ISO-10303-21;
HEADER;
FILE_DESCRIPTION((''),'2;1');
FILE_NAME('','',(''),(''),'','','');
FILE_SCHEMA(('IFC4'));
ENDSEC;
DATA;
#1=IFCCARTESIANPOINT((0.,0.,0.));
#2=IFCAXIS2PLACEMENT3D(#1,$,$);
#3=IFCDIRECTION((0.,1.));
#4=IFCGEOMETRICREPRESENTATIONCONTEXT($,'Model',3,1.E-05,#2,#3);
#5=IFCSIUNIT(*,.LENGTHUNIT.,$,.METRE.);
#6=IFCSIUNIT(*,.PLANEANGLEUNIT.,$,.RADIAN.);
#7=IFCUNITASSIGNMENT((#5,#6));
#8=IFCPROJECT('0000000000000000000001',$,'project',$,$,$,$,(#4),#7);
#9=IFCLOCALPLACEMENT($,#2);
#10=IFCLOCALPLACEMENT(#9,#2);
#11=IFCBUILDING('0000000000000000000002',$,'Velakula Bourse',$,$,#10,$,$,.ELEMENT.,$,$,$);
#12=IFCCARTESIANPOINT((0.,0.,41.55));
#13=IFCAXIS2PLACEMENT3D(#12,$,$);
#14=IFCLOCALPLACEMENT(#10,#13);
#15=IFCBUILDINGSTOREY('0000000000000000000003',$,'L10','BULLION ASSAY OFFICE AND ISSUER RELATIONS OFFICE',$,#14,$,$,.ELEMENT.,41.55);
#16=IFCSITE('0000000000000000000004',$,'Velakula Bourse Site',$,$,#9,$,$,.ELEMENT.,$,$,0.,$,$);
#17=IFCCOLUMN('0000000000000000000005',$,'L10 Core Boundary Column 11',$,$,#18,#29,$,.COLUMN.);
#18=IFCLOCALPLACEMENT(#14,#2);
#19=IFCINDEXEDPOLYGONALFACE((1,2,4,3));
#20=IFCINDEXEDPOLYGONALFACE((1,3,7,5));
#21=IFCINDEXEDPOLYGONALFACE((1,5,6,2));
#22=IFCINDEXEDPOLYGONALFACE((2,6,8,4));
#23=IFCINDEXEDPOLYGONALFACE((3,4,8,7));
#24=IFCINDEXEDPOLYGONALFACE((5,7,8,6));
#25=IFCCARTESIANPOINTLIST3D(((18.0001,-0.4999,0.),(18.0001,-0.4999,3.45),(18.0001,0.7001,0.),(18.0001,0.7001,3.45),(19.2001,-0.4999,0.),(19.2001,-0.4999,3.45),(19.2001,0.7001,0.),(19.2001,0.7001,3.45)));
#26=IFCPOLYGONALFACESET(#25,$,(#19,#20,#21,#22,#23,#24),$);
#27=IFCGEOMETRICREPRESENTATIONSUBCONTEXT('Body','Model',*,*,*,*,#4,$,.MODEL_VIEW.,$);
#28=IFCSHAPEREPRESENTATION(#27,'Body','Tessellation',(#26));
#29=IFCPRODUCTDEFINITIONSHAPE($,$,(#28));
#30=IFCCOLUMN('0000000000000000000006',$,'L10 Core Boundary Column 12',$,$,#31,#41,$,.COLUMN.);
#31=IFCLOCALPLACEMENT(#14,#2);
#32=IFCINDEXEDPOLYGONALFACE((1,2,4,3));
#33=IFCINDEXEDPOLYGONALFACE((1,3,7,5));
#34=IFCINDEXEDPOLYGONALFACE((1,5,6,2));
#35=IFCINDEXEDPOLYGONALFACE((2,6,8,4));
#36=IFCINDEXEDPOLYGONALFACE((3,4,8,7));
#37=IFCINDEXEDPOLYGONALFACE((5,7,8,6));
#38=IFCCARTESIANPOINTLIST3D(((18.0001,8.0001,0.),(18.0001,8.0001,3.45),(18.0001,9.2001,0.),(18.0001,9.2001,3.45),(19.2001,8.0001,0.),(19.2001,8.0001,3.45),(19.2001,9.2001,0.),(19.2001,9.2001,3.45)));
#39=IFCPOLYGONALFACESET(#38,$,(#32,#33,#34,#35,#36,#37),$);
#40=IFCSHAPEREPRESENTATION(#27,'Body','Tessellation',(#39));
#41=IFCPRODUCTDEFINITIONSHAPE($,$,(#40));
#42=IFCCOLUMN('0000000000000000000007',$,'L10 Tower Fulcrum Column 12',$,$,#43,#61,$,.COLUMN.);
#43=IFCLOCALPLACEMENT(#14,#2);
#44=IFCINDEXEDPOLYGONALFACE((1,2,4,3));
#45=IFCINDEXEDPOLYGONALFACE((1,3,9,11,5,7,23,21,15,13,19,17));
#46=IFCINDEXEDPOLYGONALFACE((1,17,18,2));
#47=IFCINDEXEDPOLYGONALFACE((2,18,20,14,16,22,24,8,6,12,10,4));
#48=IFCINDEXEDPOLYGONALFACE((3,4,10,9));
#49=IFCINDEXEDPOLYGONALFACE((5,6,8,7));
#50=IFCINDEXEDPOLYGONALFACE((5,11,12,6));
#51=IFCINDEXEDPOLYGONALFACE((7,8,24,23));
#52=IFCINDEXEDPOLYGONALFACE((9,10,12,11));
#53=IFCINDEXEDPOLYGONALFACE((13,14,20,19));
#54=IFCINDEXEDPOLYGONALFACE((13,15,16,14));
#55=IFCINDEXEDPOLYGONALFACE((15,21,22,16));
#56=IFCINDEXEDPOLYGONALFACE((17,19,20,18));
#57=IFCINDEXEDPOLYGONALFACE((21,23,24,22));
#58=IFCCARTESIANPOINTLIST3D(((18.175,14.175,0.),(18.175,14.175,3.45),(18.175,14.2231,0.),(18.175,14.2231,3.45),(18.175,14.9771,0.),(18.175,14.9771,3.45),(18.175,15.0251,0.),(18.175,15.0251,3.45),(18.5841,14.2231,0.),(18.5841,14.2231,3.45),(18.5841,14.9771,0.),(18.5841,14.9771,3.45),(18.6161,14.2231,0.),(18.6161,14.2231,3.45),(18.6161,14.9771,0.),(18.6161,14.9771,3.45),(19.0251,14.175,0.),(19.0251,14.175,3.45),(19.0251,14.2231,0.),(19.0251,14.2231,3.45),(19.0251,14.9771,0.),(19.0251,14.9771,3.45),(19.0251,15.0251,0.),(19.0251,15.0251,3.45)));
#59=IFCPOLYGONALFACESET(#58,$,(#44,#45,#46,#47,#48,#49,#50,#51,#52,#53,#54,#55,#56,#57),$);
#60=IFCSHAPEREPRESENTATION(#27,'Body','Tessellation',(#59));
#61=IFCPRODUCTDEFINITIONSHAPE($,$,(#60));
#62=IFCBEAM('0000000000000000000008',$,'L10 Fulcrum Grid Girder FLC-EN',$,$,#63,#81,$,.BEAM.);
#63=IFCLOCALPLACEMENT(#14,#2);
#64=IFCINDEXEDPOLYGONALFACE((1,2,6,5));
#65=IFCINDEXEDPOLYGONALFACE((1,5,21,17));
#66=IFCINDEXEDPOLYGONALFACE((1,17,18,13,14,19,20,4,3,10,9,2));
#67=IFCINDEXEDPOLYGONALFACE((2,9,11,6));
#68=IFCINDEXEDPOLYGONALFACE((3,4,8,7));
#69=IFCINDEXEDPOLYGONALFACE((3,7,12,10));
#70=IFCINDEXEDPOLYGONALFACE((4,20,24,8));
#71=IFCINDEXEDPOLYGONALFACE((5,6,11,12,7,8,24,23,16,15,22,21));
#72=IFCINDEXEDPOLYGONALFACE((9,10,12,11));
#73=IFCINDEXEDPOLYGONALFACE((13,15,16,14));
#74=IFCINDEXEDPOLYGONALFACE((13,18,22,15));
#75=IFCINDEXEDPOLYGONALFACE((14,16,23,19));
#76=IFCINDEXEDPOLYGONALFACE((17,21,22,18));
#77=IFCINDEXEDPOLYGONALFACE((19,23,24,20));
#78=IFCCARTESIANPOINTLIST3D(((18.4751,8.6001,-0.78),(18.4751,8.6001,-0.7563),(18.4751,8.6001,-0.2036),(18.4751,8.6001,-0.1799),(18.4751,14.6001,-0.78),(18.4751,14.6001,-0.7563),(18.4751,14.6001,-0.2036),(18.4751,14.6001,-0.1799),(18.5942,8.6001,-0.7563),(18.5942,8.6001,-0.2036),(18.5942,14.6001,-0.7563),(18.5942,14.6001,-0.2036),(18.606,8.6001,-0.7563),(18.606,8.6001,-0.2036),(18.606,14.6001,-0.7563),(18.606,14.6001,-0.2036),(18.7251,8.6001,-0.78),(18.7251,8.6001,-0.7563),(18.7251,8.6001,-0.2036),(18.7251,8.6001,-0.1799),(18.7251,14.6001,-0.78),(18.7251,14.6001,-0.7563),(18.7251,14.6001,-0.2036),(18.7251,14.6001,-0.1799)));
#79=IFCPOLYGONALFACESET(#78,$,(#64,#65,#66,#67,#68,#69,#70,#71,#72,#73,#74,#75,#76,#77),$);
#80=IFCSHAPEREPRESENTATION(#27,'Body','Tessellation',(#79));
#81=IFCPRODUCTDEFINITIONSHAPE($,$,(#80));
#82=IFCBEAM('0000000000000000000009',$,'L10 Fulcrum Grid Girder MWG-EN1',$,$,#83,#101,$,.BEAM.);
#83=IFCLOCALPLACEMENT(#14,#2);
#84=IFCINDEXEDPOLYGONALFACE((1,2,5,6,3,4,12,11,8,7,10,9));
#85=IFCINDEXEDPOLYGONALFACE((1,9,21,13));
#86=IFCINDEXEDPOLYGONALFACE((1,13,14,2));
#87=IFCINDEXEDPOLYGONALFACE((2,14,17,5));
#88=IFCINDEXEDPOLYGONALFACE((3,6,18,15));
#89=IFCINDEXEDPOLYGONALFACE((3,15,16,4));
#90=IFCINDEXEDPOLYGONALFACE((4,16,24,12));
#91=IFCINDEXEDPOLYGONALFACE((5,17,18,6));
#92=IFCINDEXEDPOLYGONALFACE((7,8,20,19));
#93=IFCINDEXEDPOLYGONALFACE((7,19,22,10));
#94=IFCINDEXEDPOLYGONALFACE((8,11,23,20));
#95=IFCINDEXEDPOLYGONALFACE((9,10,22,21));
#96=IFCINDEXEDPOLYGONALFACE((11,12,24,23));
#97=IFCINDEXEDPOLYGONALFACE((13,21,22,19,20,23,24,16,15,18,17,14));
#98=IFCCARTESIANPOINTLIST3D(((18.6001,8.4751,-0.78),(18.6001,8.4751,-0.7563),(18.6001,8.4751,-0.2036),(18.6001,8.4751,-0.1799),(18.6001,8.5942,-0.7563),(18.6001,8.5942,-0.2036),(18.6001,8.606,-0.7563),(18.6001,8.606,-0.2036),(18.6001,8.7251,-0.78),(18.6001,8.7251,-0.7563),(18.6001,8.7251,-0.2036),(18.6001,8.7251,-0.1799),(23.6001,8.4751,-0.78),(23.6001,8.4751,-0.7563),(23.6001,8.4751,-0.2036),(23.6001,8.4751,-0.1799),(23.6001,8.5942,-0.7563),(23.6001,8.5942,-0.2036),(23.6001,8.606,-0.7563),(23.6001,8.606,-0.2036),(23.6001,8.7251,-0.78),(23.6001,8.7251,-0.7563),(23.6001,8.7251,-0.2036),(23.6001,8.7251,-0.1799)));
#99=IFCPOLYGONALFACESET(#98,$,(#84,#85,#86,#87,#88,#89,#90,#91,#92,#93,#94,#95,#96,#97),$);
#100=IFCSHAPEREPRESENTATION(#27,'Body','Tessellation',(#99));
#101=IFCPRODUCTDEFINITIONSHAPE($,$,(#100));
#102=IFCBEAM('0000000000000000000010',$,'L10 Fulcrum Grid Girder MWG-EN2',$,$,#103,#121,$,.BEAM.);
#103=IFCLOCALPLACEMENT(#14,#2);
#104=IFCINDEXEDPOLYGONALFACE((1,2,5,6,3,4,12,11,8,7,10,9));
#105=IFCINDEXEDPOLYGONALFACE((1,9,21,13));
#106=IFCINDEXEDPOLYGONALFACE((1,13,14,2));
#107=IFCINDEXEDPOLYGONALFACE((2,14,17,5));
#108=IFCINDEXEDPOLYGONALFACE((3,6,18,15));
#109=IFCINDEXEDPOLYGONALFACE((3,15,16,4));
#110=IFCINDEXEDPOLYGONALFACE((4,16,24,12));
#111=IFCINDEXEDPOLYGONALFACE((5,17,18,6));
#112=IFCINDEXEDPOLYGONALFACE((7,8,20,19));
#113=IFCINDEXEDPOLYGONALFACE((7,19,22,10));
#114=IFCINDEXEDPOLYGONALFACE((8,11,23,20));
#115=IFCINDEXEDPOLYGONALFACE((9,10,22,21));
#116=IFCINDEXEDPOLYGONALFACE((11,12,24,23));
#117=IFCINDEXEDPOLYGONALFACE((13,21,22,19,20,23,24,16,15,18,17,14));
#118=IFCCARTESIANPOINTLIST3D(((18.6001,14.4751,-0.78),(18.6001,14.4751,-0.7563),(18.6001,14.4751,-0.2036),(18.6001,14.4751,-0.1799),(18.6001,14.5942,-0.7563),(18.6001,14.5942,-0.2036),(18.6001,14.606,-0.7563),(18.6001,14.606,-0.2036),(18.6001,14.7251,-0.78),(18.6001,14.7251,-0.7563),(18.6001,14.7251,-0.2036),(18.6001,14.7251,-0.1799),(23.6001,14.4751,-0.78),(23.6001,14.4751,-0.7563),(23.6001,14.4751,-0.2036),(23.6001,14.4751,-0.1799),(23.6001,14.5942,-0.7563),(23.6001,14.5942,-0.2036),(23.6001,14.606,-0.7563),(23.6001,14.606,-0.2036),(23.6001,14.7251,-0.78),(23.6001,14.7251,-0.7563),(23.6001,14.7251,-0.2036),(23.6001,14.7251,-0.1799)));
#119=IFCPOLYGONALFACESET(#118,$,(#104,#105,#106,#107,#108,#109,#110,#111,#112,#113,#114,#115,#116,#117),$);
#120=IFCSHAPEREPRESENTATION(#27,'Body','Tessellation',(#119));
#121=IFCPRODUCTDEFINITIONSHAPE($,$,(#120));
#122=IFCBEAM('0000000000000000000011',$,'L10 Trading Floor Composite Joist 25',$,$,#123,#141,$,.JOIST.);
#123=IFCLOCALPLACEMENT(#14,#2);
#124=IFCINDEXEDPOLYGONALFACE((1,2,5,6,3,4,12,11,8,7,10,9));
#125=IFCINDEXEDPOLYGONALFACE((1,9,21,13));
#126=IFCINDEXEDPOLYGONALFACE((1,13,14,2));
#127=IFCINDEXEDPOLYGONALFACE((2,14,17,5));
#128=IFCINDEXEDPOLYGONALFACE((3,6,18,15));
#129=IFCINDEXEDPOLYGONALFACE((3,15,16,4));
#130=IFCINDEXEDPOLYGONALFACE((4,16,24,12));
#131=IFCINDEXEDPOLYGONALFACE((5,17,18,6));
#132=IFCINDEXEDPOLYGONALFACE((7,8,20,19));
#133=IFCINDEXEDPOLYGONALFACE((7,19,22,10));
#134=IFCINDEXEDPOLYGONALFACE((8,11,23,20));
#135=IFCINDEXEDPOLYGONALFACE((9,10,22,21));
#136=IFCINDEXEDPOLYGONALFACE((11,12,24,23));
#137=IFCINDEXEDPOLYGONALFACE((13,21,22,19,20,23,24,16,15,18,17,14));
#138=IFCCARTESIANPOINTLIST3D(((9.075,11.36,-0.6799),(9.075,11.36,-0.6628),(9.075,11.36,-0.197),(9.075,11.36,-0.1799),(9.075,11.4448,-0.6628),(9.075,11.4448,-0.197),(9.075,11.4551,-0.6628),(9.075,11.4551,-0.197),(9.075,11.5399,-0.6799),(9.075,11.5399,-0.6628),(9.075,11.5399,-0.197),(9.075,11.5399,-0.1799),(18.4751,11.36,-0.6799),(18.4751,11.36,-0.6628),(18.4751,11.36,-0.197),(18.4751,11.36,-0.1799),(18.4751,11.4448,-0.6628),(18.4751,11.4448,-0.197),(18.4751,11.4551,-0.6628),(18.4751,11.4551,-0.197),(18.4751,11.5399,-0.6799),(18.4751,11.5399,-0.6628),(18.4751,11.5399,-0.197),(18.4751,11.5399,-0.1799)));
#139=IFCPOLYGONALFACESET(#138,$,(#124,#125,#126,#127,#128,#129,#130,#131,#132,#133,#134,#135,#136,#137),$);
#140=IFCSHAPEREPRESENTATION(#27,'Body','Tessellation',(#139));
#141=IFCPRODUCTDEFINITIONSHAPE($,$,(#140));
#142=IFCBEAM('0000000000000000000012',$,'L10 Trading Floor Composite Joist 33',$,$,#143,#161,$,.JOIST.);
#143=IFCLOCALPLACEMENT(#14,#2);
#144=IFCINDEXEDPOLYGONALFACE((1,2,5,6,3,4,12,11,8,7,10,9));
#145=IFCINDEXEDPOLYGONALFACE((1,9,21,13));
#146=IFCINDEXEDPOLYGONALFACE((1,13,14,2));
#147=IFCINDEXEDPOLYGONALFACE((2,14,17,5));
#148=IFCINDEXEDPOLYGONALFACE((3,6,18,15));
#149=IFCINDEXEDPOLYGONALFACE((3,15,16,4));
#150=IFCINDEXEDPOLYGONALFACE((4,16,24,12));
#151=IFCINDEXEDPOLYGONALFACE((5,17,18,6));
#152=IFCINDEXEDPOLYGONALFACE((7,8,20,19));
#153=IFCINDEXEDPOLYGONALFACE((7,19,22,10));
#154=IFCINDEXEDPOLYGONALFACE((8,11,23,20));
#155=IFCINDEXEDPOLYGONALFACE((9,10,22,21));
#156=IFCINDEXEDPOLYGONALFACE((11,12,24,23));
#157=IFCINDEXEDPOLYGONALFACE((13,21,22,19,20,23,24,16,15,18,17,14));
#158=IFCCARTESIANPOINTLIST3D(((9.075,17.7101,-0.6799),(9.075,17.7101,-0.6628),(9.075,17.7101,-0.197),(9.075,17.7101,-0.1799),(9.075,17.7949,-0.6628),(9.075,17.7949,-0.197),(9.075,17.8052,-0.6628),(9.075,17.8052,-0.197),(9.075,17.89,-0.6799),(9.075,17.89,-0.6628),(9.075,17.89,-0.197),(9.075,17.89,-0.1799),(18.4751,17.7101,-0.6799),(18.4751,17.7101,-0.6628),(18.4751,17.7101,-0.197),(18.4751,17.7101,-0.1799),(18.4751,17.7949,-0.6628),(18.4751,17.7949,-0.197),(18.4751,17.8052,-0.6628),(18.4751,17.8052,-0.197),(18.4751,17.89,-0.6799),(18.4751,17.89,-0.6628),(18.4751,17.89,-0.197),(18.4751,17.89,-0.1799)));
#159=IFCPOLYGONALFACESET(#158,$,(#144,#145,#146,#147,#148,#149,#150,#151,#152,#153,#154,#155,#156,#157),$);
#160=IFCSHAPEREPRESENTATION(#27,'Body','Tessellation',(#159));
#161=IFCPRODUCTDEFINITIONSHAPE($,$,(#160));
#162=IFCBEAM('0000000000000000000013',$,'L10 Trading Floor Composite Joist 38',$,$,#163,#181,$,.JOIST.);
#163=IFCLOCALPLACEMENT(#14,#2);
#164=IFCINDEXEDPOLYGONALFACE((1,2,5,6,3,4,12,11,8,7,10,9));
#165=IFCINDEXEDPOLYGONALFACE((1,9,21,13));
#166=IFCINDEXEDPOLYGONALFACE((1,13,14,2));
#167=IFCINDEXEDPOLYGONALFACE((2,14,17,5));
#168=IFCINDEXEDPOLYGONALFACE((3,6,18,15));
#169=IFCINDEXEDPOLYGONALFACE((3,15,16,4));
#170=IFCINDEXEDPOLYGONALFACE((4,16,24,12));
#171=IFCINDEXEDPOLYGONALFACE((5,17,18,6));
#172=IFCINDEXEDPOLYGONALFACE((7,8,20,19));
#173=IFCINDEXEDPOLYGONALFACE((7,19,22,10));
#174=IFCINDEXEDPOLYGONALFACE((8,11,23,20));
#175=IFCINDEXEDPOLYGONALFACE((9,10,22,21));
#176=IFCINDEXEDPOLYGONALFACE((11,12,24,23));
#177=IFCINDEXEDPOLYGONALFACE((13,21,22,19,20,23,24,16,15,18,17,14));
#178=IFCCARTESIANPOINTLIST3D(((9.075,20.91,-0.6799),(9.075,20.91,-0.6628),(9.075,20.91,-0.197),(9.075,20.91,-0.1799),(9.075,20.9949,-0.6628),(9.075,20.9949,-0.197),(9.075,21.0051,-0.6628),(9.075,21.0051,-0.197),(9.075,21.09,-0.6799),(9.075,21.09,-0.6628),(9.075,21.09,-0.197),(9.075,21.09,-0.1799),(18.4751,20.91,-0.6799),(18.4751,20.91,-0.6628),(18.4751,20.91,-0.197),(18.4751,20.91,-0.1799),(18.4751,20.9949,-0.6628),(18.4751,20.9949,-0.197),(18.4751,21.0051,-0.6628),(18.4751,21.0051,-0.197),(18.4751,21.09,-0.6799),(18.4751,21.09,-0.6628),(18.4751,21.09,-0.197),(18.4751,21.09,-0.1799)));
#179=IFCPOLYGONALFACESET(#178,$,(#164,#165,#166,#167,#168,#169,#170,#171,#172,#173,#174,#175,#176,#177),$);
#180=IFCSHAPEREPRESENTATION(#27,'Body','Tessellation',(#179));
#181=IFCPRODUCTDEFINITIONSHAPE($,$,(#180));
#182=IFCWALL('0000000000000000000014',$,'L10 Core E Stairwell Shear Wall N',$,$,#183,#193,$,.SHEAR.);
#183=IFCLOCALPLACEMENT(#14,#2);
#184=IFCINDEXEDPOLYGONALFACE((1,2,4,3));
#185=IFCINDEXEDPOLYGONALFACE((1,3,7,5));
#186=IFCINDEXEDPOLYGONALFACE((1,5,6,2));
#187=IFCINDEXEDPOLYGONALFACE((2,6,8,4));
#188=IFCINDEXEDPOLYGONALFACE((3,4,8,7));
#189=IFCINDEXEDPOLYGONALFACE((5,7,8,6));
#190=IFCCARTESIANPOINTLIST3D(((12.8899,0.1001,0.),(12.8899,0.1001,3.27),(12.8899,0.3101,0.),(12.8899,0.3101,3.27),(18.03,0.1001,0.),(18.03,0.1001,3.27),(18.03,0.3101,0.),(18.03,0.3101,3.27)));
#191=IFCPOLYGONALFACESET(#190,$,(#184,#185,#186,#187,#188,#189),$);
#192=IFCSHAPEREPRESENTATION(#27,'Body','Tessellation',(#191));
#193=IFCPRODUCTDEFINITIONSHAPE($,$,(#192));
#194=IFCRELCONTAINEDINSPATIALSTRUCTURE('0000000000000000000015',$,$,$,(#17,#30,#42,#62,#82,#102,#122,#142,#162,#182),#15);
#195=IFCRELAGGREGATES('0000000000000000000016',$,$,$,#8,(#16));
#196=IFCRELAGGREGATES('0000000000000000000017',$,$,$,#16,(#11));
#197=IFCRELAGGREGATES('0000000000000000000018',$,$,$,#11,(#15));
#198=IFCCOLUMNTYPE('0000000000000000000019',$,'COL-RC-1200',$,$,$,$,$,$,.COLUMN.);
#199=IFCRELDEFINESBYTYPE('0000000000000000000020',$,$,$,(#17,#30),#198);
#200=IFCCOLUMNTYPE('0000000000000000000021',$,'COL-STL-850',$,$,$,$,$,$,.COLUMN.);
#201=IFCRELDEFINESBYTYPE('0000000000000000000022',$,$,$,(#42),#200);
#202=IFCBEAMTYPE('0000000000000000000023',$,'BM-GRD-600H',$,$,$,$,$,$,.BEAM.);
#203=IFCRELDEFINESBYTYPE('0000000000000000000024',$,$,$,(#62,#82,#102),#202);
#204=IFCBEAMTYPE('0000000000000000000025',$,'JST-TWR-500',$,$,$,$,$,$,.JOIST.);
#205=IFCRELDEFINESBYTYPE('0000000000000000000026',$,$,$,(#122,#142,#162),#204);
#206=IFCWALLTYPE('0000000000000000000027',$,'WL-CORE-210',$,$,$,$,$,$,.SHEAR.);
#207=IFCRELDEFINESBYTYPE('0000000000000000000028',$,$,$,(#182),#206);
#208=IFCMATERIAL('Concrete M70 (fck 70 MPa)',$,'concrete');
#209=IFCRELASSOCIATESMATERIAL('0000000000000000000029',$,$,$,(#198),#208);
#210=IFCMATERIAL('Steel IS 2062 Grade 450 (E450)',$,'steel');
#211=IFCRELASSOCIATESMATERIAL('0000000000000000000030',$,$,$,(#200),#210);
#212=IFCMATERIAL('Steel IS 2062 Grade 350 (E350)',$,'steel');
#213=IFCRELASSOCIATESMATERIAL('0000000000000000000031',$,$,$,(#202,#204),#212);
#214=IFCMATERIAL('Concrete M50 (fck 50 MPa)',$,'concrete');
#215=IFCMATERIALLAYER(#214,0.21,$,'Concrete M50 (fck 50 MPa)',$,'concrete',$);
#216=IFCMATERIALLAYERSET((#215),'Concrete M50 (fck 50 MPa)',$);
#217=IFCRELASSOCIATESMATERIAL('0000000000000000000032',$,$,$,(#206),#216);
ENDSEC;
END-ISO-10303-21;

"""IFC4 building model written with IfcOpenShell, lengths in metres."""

from ifc_helpers import new_model, si_unit, direction, frame, frame_2d, origin, origin_2d, place, context, subcontext, project, spatial, rectangle, i_section, extrude, material, layer, layer_set, material_profile, profile_set, type_object, element, save


model = new_model("IFC4")

# Units and contexts
model_context = context("Model", 3, precision=1e-05, world=origin(), true_north=direction((0.0, 1.0)))
body_context = subcontext(model_context, "Body", "Model", "MODEL_VIEW")
ifc_project = project(units=[si_unit("LENGTHUNIT", "METRE"), si_unit("PLANEANGLEUNIT", "RADIAN")], contexts=[model_context])

# Site, building, storey
site_placement = place(None, origin())
site = spatial("IfcSite", under=ifc_project, at=site_placement, Name="Velakula Bourse Site", CompositionType="ELEMENT", RefElevation=0.0)
building_placement = place(site_placement, origin())
building = spatial("IfcBuilding", under=site, at=building_placement, Name="Velakula Bourse", CompositionType="ELEMENT")
storey_placement = place(building_placement, frame((0.0, 0.0, 41.55)))
storey = spatial("IfcBuildingStorey", under=building, at=storey_placement, Name="L10", Description="BULLION ASSAY OFFICE AND ISSUER RELATIONS OFFICE", CompositionType="ELEMENT", Elevation=41.55)

# Columns
ifc_material_1 = material(Name="Concrete M70 (fck 70 MPa)", Category="concrete")
ifc_material_profile_1 = material_profile(ifc_material_1, rectangle(XDim=1.2, YDim=1.2, at=origin_2d()), Name="Concrete M70 (fck 70 MPa)")
ifc_profile_set_1 = profile_set([ifc_material_profile_1], Name="Concrete M70 (fck 70 MPa)")
column_type_1 = type_object("IfcColumnType", Name="COL-RC-1200", PredefinedType="COLUMN", material=ifc_profile_set_1)
for number, where, z_axis, x_axis, name in (
    (1, (18.6001, 0.1001, 0.0), (0.0, 0.0, 1.0), (1.0, 0.0, 0.0), "L10 Core Boundary Column 11"),
    (2, (18.6001, 8.6001, 0.0), (0.0, 0.0, 1.0), (1.0, 0.0, 0.0), "L10 Core Boundary Column 12"),
):
    element("IfcColumn", number, at=place(storey_placement, frame(where, z_axis=z_axis, x_axis=x_axis)), inside=storey, type_object=column_type_1, Name=name, PredefinedType="COLUMN", context=body_context, shape_type="SweptSolid", body=[
        extrude(rectangle(XDim=1.2, YDim=1.2, at=origin_2d()), origin(), (0.0, 0.0, 1.0), 3.45),
    ])
ifc_material_2 = material(Name="Steel IS 2062 Grade 450 (E450)", Category="steel")
ifc_material_profile_2 = material_profile(ifc_material_2, i_section(OverallWidth=0.8501, OverallDepth=0.8501, WebThickness=0.032, FlangeThickness=0.0481, at=origin_2d()), Name="Steel IS 2062 Grade 450 (E450)")
ifc_profile_set_2 = profile_set([ifc_material_profile_2], Name="Steel IS 2062 Grade 450 (E450)")
column_type_2 = type_object("IfcColumnType", Name="COL-STL-850", PredefinedType="COLUMN", material=ifc_profile_set_2)
column_placement = place(storey_placement, frame((18.6001, 14.6001, 0.0), z_axis=(0.0, 0.0, 1.0), x_axis=(1.0, 0.0, 0.0)))
element("IfcColumn", 3, at=column_placement, inside=storey, type_object=column_type_2, Name="L10 Tower Fulcrum Column 12", PredefinedType="COLUMN", context=body_context, shape_type="SweptSolid", body=[
    extrude(i_section(OverallWidth=0.8501, OverallDepth=0.8501, WebThickness=0.032, FlangeThickness=0.0481, at=origin_2d()), origin(), (0.0, 0.0, 1.0), 3.45),
])

# Beams
ifc_material_3 = material(Name="Steel IS 2062 Grade 350 (E350)", Category="steel")
ifc_material_profile_3 = material_profile(ifc_material_3, i_section(OverallWidth=0.25, OverallDepth=0.6001, WebThickness=0.0117, FlangeThickness=0.0237, at=origin_2d()), Name="Steel IS 2062 Grade 350 (E350)")
ifc_profile_set_3 = profile_set([ifc_material_profile_3], Name="Steel IS 2062 Grade 350 (E350)")
beam_type_1 = type_object("IfcBeamType", Name="BM-GRD-600H", PredefinedType="BEAM", material=ifc_profile_set_3)
beam_placement = place(storey_placement, frame((18.6001, 8.6001, -0.48), z_axis=(0.0, 1.0, 0.0), x_axis=(-1.0, 0.0, 0.0)))
element("IfcBeam", 4, at=beam_placement, inside=storey, type_object=beam_type_1, Name="L10 Fulcrum Grid Girder FLC-EN", PredefinedType="BEAM", context=body_context, shape_type="SweptSolid", body=[
    extrude(i_section(OverallWidth=0.25, OverallDepth=0.6001, WebThickness=0.0117, FlangeThickness=0.0237, at=origin_2d()), origin(), (0.0, 0.0, 1.0), 6.0),
])
for number, where, z_axis, x_axis, name in (
    (5, (18.6001, 8.6001, -0.48), (1.0, 0.0, 0.0), (0.0, 1.0, 0.0), "L10 Fulcrum Grid Girder MWG-EN1"),
    (6, (18.6001, 14.6001, -0.48), (1.0, 0.0, 0.0), (0.0, 1.0, 0.0), "L10 Fulcrum Grid Girder MWG-EN2"),
):
    element("IfcBeam", number, at=place(storey_placement, frame(where, z_axis=z_axis, x_axis=x_axis)), inside=storey, type_object=beam_type_1, Name=name, PredefinedType="BEAM", context=body_context, shape_type="SweptSolid", body=[
        extrude(i_section(OverallWidth=0.25, OverallDepth=0.6001, WebThickness=0.0117, FlangeThickness=0.0237, at=origin_2d()), origin(), (0.0, 0.0, 1.0), 5.0),
    ])
ifc_material_profile_4 = material_profile(ifc_material_3, i_section(OverallWidth=0.1799, OverallDepth=0.5, WebThickness=0.0103, FlangeThickness=0.0171, at=origin_2d()), Name="Steel IS 2062 Grade 350 (E350)")
ifc_profile_set_4 = profile_set([ifc_material_profile_4], Name="Steel IS 2062 Grade 350 (E350)")
beam_type_2 = type_object("IfcBeamType", Name="JST-TWR-500", PredefinedType="JOIST", material=ifc_profile_set_4)
for number, where, z_axis, x_axis, name in (
    (7, (9.075, 11.45, -0.4299), (1.0, 0.0, 0.0), (0.0, 1.0, 0.0), "L10 Trading Floor Composite Joist 25"),
    (8, (9.075, 17.8, -0.4299), (1.0, 0.0, 0.0), (0.0, 1.0, 0.0), "L10 Trading Floor Composite Joist 33"),
    (9, (9.075, 21.0, -0.4299), (1.0, 0.0, 0.0), (0.0, 1.0, 0.0), "L10 Trading Floor Composite Joist 38"),
):
    element("IfcBeam", number, at=place(storey_placement, frame(where, z_axis=z_axis, x_axis=x_axis)), inside=storey, type_object=beam_type_2, Name=name, PredefinedType="JOIST", context=body_context, shape_type="SweptSolid", body=[
        extrude(i_section(OverallWidth=0.1799, OverallDepth=0.5, WebThickness=0.0103, FlangeThickness=0.0171, at=origin_2d()), origin(), (0.0, 0.0, 1.0), 9.4001),
    ])

# Wall
ifc_material_4 = material(Name="Concrete M50 (fck 50 MPa)", Category="concrete")
ifc_layer_1 = layer(ifc_material_4, 0.21, Name="Concrete M50 (fck 50 MPa)", Category="concrete")
ifc_layer_set_1 = layer_set([ifc_layer_1], Name="Concrete M50 (fck 50 MPa)")
wall_type_1 = type_object("IfcWallType", Name="WL-CORE-210", PredefinedType="SHEAR", material=ifc_layer_set_1)
wall_1_placement = place(storey_placement, frame((18.03, 0.2051, 0.0), z_axis=(0.0, 0.0, 1.0), x_axis=(-1.0, 0.0, 0.0)))
element("IfcWall", 10, at=wall_1_placement, inside=storey, type_object=wall_type_1, Name="L10 Core E Stairwell Shear Wall N", PredefinedType="SHEAR", context=body_context, shape_type="SweptSolid", body=[
    extrude(rectangle(XDim=5.1401, YDim=0.21, at=frame_2d((2.5701, 0.0))), origin(), (0.0, 0.0, 1.0), 3.27),
])

save(model, "model.ifc")
